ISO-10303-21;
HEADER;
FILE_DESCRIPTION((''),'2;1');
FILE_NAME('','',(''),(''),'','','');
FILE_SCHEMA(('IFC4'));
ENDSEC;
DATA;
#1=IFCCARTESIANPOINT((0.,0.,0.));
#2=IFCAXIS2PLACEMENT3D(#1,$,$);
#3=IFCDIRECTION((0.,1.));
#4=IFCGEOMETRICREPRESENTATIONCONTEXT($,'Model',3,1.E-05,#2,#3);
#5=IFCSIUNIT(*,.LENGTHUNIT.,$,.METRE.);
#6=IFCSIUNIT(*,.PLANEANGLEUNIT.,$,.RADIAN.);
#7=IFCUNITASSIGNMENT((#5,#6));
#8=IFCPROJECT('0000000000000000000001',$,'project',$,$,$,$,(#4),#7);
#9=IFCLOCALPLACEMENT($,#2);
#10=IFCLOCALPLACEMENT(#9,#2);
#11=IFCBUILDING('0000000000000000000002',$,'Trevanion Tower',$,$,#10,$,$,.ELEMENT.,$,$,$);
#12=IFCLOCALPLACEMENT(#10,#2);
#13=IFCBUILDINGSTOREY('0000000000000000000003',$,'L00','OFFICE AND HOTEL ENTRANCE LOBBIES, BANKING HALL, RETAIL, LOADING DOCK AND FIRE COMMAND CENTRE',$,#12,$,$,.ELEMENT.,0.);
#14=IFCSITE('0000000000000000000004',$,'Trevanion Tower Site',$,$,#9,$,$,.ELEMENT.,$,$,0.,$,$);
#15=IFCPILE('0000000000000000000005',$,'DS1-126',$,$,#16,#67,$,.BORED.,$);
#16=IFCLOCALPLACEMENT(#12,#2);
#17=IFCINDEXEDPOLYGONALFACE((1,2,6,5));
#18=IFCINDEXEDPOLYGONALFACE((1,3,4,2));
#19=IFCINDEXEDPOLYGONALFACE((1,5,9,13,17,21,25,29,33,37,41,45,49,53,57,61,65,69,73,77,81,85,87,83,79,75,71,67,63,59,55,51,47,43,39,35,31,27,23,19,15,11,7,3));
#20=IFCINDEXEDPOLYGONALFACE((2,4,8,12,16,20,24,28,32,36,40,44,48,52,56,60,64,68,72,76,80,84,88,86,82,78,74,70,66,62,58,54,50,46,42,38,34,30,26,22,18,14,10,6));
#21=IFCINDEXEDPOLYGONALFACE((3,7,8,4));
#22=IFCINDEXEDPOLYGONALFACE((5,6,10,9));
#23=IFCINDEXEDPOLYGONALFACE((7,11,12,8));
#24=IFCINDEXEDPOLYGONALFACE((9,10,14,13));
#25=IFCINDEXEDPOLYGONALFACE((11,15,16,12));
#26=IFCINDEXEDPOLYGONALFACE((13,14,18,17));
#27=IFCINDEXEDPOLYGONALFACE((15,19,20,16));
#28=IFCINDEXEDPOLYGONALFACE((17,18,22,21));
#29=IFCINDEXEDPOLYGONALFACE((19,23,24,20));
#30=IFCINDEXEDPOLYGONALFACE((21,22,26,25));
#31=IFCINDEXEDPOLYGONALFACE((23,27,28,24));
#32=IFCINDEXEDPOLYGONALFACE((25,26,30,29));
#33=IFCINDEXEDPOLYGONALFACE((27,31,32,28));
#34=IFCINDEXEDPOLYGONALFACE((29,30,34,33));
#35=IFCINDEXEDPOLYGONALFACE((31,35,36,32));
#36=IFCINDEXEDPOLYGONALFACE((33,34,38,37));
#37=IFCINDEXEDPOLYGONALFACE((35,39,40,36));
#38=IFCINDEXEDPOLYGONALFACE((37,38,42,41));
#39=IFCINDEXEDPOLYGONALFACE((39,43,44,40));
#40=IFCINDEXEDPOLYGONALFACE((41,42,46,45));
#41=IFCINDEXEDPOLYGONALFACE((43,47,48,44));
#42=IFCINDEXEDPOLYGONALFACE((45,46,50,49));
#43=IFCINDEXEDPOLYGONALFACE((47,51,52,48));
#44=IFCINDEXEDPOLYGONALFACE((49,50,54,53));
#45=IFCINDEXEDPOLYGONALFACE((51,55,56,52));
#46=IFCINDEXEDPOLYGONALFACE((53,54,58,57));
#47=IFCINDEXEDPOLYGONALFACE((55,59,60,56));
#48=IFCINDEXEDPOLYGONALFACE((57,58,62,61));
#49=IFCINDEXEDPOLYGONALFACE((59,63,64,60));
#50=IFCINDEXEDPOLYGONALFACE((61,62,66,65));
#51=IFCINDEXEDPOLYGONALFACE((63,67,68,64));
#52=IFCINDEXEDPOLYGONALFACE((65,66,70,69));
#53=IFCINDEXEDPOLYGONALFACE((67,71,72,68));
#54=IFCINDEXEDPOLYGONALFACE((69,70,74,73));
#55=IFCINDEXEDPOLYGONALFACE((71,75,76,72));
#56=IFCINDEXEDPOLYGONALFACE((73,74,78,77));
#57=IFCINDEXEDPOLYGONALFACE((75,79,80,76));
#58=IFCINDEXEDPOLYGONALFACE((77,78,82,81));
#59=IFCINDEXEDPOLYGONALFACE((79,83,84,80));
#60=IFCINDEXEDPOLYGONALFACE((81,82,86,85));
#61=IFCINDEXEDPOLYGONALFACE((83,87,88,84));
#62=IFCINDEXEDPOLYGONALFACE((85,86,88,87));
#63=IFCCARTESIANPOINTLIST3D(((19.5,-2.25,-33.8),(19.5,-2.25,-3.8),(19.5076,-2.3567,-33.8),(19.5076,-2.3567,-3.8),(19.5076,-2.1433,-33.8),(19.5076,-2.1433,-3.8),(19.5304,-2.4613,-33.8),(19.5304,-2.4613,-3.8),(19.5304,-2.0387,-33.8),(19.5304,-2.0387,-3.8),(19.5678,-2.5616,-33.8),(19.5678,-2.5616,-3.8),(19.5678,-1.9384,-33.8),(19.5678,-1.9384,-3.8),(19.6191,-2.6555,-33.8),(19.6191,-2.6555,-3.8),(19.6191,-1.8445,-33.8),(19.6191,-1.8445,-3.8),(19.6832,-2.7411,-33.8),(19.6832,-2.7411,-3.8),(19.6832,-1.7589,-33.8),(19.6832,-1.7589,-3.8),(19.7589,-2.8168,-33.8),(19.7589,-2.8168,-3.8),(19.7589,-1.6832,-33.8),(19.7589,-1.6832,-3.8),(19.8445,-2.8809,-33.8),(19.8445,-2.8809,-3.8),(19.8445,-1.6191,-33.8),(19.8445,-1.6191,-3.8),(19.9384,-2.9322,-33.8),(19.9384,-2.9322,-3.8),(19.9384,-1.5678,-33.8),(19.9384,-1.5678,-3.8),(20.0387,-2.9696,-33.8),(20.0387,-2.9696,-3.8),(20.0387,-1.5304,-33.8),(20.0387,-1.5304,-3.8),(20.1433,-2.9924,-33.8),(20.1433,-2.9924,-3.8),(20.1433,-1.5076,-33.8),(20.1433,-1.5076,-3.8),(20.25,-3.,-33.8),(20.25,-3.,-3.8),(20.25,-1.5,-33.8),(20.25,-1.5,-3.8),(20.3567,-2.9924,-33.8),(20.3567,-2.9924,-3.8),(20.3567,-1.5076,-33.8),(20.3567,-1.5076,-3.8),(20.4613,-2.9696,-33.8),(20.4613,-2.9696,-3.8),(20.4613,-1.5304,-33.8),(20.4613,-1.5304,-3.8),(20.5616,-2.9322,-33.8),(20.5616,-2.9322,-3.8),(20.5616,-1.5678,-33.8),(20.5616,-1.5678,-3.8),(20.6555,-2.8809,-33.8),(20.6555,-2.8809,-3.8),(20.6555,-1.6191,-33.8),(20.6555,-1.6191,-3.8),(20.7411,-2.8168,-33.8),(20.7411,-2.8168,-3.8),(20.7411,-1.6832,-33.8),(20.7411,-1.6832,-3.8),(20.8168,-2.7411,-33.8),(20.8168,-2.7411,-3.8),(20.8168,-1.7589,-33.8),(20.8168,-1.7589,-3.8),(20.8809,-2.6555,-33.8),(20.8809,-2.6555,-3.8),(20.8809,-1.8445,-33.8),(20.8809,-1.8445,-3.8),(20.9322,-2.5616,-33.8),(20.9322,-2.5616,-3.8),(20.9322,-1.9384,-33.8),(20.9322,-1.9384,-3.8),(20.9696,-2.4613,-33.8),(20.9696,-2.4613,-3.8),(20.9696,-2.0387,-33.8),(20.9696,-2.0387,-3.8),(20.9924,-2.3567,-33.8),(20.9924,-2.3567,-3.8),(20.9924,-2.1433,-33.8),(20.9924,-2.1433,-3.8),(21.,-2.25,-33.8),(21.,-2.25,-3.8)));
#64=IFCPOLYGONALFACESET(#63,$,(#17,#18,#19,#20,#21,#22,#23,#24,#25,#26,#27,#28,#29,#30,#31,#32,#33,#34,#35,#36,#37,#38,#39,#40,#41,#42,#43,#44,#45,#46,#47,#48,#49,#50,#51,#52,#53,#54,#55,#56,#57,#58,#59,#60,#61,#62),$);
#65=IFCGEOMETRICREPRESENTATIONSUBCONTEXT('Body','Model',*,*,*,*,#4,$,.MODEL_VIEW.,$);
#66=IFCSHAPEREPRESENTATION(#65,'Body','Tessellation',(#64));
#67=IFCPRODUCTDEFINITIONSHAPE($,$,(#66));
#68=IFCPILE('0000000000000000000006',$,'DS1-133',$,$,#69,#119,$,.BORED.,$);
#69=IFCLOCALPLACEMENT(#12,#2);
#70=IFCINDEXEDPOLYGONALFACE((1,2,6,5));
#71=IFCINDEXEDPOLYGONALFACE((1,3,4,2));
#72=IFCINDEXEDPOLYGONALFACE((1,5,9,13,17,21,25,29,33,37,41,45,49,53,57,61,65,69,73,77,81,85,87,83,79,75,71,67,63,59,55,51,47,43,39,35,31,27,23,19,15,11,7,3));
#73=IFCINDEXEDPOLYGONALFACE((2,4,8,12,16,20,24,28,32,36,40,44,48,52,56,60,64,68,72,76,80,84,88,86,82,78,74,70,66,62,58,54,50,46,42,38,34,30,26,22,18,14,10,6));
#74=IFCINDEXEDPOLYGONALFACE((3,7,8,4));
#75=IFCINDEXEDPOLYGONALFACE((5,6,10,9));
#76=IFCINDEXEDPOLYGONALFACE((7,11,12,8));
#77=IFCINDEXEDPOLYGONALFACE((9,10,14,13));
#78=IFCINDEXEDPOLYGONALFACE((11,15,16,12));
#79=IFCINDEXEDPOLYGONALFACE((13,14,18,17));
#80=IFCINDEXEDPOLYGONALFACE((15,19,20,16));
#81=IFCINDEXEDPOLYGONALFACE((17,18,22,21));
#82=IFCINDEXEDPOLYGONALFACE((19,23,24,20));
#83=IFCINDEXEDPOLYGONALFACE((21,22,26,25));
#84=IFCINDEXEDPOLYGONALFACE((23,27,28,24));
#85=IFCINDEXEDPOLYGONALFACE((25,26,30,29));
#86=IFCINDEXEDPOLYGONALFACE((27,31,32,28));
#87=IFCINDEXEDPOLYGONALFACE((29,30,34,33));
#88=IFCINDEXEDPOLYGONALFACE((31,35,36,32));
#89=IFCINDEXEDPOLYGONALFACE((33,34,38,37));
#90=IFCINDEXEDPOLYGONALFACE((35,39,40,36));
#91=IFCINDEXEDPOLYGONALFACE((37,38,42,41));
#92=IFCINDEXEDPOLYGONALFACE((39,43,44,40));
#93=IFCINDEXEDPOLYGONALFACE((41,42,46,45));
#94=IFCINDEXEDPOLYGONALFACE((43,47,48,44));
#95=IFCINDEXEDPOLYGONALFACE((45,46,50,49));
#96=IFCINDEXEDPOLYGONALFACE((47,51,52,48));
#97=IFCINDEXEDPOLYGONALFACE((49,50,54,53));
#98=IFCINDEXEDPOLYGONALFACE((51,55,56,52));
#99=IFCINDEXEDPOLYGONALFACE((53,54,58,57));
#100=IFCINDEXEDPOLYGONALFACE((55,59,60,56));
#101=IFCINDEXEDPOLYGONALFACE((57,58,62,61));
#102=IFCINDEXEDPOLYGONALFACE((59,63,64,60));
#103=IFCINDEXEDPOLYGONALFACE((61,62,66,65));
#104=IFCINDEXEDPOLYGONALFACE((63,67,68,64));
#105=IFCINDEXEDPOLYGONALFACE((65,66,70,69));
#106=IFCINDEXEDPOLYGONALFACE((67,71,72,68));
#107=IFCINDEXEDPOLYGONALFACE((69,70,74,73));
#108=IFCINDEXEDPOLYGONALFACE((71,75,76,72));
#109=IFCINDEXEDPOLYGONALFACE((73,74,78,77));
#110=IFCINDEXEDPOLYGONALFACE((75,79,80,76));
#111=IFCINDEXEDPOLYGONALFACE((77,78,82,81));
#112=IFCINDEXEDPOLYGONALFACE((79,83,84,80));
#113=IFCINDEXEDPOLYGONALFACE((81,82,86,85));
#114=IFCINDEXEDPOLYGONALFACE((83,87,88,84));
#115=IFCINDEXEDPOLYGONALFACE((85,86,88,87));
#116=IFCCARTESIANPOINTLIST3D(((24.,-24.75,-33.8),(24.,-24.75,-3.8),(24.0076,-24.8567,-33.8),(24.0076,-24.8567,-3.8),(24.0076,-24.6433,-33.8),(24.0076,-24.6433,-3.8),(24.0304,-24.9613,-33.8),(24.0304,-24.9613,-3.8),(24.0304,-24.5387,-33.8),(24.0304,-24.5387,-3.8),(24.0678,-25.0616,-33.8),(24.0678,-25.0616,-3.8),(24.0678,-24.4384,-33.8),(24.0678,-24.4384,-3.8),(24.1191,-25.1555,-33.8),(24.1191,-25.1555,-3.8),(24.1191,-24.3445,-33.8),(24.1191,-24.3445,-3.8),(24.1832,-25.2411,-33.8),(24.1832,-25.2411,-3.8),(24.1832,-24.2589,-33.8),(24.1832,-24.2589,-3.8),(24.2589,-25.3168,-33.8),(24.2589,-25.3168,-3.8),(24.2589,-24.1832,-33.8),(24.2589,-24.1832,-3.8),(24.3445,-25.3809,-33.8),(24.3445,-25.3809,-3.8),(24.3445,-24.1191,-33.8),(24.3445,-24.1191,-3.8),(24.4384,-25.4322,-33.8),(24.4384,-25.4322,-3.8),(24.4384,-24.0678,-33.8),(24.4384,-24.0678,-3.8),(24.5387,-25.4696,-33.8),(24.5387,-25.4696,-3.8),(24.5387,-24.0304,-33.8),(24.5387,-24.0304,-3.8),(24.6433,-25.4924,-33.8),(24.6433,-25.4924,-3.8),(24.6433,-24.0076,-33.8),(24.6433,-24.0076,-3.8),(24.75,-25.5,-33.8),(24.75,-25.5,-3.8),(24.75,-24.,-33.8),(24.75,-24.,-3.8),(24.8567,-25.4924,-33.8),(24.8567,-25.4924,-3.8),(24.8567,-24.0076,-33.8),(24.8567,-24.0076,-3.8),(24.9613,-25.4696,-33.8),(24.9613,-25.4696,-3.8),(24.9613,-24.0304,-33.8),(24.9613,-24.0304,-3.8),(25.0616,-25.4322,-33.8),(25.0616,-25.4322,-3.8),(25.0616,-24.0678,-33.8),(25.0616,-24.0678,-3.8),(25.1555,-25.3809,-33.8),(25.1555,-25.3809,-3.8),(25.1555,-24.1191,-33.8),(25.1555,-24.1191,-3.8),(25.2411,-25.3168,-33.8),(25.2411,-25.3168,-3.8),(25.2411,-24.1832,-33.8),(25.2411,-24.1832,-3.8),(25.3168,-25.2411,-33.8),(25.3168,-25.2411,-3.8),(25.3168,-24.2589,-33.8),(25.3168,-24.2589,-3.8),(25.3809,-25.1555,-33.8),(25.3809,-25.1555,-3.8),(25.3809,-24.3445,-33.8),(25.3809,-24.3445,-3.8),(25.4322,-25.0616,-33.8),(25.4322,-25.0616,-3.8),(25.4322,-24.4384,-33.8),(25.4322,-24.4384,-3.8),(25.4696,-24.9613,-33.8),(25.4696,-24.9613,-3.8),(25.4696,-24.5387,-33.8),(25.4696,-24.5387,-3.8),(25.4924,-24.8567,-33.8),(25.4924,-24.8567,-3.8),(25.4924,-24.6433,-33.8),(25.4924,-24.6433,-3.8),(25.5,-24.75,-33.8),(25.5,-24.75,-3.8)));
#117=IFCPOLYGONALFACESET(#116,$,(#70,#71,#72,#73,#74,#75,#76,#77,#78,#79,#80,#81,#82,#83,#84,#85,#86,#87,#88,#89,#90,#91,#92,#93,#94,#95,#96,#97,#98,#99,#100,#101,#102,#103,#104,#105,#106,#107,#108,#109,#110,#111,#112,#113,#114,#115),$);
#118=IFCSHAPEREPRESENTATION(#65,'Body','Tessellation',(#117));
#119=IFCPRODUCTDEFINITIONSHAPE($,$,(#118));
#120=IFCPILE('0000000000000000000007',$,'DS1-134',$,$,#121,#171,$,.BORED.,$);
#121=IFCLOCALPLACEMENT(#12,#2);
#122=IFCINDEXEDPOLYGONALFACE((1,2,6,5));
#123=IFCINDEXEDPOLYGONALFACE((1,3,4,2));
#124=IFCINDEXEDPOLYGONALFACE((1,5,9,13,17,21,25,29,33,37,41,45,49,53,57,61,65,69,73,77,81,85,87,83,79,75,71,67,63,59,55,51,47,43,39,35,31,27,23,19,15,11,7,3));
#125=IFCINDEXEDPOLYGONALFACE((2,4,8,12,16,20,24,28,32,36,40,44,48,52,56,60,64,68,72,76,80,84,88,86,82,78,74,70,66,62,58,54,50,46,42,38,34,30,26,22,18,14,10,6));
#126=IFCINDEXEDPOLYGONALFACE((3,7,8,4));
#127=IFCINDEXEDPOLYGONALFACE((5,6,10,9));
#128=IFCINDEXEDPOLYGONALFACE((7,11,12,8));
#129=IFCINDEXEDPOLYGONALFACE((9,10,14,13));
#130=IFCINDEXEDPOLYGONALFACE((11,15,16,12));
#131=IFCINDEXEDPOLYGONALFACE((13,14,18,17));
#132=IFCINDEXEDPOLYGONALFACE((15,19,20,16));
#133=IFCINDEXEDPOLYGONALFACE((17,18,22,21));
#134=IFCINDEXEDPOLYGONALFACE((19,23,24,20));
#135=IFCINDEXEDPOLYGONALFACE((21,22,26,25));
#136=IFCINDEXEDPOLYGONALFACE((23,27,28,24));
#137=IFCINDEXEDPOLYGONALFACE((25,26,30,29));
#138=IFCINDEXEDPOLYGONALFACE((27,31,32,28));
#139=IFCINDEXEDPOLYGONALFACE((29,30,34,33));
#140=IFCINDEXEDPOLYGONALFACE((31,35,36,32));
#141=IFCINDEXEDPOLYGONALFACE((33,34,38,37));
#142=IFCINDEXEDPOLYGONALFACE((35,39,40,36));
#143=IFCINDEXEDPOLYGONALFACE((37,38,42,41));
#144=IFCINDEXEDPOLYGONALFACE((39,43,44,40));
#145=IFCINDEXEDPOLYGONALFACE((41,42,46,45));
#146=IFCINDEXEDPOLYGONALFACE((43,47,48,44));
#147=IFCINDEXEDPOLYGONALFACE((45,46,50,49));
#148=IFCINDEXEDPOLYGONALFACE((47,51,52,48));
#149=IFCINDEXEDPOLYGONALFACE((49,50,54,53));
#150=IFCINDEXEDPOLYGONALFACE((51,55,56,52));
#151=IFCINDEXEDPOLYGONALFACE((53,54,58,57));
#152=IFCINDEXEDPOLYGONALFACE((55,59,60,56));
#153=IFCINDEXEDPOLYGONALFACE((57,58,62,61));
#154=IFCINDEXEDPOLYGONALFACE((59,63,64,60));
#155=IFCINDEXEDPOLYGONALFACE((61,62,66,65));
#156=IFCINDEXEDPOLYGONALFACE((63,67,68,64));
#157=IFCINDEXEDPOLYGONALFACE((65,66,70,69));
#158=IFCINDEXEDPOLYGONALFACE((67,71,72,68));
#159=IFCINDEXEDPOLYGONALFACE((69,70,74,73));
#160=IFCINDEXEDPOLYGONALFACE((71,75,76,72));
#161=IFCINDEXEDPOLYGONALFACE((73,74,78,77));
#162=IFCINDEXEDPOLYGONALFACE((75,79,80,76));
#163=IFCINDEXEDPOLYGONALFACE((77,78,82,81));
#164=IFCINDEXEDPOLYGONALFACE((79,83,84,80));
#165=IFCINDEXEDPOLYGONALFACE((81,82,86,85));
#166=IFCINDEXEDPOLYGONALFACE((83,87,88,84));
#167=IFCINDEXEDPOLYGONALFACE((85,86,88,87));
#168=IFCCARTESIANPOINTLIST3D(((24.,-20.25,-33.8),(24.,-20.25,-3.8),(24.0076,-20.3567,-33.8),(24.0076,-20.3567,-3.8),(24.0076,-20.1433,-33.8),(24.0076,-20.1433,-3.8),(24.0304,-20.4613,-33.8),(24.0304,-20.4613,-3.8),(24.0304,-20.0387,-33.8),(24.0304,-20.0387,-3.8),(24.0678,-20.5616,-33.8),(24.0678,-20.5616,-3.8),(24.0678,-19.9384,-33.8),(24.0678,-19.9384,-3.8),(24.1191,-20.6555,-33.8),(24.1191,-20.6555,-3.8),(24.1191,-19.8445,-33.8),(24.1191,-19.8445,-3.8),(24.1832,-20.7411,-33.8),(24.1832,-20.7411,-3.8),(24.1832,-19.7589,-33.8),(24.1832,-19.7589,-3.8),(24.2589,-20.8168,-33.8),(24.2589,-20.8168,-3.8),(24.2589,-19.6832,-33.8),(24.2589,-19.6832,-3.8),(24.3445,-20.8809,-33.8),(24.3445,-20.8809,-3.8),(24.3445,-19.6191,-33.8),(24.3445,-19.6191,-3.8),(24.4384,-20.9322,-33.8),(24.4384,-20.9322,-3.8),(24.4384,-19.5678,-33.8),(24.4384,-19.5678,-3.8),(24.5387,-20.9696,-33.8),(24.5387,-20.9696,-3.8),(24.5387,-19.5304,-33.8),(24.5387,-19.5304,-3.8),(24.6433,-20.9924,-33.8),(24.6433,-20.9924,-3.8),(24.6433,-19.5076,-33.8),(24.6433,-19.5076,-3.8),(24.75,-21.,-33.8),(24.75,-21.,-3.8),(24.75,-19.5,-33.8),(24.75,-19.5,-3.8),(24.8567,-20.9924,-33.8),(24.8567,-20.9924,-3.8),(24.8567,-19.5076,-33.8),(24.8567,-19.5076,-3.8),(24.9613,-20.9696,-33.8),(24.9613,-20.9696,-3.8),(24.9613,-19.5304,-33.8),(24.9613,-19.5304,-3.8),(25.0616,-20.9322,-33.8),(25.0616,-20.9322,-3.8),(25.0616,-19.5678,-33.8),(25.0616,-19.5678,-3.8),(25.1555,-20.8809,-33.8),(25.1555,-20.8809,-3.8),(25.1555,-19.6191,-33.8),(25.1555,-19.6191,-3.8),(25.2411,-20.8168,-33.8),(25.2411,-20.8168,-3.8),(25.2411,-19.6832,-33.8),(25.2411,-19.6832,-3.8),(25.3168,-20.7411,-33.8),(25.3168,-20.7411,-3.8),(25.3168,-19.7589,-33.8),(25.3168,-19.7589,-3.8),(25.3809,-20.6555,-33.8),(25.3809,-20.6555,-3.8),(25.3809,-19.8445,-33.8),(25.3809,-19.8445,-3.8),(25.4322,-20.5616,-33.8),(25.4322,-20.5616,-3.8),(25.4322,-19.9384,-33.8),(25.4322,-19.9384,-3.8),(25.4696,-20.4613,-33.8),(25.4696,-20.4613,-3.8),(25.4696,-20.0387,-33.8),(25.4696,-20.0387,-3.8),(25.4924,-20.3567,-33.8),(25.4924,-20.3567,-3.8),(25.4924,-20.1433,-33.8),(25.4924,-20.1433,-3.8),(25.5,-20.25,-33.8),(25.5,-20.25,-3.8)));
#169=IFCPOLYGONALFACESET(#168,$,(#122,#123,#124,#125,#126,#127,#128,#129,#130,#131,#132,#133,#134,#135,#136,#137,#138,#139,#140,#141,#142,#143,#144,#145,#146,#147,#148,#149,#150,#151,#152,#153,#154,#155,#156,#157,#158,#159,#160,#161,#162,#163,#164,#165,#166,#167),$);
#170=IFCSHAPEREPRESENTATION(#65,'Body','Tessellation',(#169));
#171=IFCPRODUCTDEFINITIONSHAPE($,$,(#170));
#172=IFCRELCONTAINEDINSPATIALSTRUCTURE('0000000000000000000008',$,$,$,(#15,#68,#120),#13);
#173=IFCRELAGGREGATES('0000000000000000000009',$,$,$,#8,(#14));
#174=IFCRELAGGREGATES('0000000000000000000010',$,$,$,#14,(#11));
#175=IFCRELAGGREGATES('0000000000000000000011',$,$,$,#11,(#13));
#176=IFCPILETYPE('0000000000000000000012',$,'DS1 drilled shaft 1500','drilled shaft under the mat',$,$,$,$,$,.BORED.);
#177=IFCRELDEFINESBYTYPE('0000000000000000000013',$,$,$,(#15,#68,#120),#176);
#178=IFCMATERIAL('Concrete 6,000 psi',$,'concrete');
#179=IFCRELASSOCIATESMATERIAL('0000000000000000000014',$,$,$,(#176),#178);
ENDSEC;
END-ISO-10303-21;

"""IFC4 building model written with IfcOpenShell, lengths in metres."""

from ifc_helpers import new_model, si_unit, direction, frame, origin, origin_2d, place, context, subcontext, project, spatial, circle, extrude, material, material_profile, profile_set, type_object, element, save


model = new_model("IFC4")

# Units and contexts
model_context = context("Model", 3, precision=1e-05, world=origin(), true_north=direction((0.0, 1.0)))
body_context = subcontext(model_context, "Body", "Model", "MODEL_VIEW")
ifc_project = project(units=[si_unit("LENGTHUNIT", "METRE"), si_unit("PLANEANGLEUNIT", "RADIAN")], contexts=[model_context])

# Site, building, storey
site_placement = place(None, origin())
site = spatial("IfcSite", under=ifc_project, at=site_placement, Name="Trevanion Tower Site", CompositionType="ELEMENT", RefElevation=0.0)
building_placement = place(site_placement, origin())
building = spatial("IfcBuilding", under=site, at=building_placement, Name="Trevanion Tower", CompositionType="ELEMENT")
storey_placement = place(building_placement, origin())
storey = spatial("IfcBuildingStorey", under=building, at=storey_placement, Name="L00", Description="OFFICE AND HOTEL ENTRANCE LOBBIES, BANKING HALL, RETAIL, LOADING DOCK AND FIRE COMMAND CENTRE", CompositionType="ELEMENT", Elevation=0.0)

# Piles
ifc_material_1 = material(Name="Concrete 6,000 psi", Category="concrete")
ifc_material_profile_1 = material_profile(ifc_material_1, circle(Radius=0.75, at=origin_2d()), Name="DS1 drilled shaft 1500")
ifc_profile_set_1 = profile_set([ifc_material_profile_1], Name="Concrete 6,000 psi")
pile_type_1 = type_object("IfcPileType", Name="DS1 drilled shaft 1500", Description="drilled shaft under the mat", PredefinedType="BORED", material=ifc_profile_set_1)
for number, where, z_axis, x_axis, name in (
    (1, (20.25, -2.25, -3.8), (0.0, 0.0, -1.0), (1.0, 0.0, 0.0), "DS1-126"),
    (2, (24.75, -24.75, -3.8), (0.0, 0.0, -1.0), (1.0, 0.0, 0.0), "DS1-133"),
    (3, (24.75, -20.25, -3.8), (0.0, 0.0, -1.0), (1.0, 0.0, 0.0), "DS1-134"),
):
    element("IfcPile", number, at=place(storey_placement, frame(where, z_axis=z_axis, x_axis=x_axis)), inside=storey, type_object=pile_type_1, Name=name, PredefinedType="BORED", context=body_context, shape_type="SweptSolid", body=[
        extrude(circle(Radius=0.75, at=origin_2d()), origin(), (0.0, 0.0, 1.0), 30.0),
    ])

save(model, "model.ifc")
